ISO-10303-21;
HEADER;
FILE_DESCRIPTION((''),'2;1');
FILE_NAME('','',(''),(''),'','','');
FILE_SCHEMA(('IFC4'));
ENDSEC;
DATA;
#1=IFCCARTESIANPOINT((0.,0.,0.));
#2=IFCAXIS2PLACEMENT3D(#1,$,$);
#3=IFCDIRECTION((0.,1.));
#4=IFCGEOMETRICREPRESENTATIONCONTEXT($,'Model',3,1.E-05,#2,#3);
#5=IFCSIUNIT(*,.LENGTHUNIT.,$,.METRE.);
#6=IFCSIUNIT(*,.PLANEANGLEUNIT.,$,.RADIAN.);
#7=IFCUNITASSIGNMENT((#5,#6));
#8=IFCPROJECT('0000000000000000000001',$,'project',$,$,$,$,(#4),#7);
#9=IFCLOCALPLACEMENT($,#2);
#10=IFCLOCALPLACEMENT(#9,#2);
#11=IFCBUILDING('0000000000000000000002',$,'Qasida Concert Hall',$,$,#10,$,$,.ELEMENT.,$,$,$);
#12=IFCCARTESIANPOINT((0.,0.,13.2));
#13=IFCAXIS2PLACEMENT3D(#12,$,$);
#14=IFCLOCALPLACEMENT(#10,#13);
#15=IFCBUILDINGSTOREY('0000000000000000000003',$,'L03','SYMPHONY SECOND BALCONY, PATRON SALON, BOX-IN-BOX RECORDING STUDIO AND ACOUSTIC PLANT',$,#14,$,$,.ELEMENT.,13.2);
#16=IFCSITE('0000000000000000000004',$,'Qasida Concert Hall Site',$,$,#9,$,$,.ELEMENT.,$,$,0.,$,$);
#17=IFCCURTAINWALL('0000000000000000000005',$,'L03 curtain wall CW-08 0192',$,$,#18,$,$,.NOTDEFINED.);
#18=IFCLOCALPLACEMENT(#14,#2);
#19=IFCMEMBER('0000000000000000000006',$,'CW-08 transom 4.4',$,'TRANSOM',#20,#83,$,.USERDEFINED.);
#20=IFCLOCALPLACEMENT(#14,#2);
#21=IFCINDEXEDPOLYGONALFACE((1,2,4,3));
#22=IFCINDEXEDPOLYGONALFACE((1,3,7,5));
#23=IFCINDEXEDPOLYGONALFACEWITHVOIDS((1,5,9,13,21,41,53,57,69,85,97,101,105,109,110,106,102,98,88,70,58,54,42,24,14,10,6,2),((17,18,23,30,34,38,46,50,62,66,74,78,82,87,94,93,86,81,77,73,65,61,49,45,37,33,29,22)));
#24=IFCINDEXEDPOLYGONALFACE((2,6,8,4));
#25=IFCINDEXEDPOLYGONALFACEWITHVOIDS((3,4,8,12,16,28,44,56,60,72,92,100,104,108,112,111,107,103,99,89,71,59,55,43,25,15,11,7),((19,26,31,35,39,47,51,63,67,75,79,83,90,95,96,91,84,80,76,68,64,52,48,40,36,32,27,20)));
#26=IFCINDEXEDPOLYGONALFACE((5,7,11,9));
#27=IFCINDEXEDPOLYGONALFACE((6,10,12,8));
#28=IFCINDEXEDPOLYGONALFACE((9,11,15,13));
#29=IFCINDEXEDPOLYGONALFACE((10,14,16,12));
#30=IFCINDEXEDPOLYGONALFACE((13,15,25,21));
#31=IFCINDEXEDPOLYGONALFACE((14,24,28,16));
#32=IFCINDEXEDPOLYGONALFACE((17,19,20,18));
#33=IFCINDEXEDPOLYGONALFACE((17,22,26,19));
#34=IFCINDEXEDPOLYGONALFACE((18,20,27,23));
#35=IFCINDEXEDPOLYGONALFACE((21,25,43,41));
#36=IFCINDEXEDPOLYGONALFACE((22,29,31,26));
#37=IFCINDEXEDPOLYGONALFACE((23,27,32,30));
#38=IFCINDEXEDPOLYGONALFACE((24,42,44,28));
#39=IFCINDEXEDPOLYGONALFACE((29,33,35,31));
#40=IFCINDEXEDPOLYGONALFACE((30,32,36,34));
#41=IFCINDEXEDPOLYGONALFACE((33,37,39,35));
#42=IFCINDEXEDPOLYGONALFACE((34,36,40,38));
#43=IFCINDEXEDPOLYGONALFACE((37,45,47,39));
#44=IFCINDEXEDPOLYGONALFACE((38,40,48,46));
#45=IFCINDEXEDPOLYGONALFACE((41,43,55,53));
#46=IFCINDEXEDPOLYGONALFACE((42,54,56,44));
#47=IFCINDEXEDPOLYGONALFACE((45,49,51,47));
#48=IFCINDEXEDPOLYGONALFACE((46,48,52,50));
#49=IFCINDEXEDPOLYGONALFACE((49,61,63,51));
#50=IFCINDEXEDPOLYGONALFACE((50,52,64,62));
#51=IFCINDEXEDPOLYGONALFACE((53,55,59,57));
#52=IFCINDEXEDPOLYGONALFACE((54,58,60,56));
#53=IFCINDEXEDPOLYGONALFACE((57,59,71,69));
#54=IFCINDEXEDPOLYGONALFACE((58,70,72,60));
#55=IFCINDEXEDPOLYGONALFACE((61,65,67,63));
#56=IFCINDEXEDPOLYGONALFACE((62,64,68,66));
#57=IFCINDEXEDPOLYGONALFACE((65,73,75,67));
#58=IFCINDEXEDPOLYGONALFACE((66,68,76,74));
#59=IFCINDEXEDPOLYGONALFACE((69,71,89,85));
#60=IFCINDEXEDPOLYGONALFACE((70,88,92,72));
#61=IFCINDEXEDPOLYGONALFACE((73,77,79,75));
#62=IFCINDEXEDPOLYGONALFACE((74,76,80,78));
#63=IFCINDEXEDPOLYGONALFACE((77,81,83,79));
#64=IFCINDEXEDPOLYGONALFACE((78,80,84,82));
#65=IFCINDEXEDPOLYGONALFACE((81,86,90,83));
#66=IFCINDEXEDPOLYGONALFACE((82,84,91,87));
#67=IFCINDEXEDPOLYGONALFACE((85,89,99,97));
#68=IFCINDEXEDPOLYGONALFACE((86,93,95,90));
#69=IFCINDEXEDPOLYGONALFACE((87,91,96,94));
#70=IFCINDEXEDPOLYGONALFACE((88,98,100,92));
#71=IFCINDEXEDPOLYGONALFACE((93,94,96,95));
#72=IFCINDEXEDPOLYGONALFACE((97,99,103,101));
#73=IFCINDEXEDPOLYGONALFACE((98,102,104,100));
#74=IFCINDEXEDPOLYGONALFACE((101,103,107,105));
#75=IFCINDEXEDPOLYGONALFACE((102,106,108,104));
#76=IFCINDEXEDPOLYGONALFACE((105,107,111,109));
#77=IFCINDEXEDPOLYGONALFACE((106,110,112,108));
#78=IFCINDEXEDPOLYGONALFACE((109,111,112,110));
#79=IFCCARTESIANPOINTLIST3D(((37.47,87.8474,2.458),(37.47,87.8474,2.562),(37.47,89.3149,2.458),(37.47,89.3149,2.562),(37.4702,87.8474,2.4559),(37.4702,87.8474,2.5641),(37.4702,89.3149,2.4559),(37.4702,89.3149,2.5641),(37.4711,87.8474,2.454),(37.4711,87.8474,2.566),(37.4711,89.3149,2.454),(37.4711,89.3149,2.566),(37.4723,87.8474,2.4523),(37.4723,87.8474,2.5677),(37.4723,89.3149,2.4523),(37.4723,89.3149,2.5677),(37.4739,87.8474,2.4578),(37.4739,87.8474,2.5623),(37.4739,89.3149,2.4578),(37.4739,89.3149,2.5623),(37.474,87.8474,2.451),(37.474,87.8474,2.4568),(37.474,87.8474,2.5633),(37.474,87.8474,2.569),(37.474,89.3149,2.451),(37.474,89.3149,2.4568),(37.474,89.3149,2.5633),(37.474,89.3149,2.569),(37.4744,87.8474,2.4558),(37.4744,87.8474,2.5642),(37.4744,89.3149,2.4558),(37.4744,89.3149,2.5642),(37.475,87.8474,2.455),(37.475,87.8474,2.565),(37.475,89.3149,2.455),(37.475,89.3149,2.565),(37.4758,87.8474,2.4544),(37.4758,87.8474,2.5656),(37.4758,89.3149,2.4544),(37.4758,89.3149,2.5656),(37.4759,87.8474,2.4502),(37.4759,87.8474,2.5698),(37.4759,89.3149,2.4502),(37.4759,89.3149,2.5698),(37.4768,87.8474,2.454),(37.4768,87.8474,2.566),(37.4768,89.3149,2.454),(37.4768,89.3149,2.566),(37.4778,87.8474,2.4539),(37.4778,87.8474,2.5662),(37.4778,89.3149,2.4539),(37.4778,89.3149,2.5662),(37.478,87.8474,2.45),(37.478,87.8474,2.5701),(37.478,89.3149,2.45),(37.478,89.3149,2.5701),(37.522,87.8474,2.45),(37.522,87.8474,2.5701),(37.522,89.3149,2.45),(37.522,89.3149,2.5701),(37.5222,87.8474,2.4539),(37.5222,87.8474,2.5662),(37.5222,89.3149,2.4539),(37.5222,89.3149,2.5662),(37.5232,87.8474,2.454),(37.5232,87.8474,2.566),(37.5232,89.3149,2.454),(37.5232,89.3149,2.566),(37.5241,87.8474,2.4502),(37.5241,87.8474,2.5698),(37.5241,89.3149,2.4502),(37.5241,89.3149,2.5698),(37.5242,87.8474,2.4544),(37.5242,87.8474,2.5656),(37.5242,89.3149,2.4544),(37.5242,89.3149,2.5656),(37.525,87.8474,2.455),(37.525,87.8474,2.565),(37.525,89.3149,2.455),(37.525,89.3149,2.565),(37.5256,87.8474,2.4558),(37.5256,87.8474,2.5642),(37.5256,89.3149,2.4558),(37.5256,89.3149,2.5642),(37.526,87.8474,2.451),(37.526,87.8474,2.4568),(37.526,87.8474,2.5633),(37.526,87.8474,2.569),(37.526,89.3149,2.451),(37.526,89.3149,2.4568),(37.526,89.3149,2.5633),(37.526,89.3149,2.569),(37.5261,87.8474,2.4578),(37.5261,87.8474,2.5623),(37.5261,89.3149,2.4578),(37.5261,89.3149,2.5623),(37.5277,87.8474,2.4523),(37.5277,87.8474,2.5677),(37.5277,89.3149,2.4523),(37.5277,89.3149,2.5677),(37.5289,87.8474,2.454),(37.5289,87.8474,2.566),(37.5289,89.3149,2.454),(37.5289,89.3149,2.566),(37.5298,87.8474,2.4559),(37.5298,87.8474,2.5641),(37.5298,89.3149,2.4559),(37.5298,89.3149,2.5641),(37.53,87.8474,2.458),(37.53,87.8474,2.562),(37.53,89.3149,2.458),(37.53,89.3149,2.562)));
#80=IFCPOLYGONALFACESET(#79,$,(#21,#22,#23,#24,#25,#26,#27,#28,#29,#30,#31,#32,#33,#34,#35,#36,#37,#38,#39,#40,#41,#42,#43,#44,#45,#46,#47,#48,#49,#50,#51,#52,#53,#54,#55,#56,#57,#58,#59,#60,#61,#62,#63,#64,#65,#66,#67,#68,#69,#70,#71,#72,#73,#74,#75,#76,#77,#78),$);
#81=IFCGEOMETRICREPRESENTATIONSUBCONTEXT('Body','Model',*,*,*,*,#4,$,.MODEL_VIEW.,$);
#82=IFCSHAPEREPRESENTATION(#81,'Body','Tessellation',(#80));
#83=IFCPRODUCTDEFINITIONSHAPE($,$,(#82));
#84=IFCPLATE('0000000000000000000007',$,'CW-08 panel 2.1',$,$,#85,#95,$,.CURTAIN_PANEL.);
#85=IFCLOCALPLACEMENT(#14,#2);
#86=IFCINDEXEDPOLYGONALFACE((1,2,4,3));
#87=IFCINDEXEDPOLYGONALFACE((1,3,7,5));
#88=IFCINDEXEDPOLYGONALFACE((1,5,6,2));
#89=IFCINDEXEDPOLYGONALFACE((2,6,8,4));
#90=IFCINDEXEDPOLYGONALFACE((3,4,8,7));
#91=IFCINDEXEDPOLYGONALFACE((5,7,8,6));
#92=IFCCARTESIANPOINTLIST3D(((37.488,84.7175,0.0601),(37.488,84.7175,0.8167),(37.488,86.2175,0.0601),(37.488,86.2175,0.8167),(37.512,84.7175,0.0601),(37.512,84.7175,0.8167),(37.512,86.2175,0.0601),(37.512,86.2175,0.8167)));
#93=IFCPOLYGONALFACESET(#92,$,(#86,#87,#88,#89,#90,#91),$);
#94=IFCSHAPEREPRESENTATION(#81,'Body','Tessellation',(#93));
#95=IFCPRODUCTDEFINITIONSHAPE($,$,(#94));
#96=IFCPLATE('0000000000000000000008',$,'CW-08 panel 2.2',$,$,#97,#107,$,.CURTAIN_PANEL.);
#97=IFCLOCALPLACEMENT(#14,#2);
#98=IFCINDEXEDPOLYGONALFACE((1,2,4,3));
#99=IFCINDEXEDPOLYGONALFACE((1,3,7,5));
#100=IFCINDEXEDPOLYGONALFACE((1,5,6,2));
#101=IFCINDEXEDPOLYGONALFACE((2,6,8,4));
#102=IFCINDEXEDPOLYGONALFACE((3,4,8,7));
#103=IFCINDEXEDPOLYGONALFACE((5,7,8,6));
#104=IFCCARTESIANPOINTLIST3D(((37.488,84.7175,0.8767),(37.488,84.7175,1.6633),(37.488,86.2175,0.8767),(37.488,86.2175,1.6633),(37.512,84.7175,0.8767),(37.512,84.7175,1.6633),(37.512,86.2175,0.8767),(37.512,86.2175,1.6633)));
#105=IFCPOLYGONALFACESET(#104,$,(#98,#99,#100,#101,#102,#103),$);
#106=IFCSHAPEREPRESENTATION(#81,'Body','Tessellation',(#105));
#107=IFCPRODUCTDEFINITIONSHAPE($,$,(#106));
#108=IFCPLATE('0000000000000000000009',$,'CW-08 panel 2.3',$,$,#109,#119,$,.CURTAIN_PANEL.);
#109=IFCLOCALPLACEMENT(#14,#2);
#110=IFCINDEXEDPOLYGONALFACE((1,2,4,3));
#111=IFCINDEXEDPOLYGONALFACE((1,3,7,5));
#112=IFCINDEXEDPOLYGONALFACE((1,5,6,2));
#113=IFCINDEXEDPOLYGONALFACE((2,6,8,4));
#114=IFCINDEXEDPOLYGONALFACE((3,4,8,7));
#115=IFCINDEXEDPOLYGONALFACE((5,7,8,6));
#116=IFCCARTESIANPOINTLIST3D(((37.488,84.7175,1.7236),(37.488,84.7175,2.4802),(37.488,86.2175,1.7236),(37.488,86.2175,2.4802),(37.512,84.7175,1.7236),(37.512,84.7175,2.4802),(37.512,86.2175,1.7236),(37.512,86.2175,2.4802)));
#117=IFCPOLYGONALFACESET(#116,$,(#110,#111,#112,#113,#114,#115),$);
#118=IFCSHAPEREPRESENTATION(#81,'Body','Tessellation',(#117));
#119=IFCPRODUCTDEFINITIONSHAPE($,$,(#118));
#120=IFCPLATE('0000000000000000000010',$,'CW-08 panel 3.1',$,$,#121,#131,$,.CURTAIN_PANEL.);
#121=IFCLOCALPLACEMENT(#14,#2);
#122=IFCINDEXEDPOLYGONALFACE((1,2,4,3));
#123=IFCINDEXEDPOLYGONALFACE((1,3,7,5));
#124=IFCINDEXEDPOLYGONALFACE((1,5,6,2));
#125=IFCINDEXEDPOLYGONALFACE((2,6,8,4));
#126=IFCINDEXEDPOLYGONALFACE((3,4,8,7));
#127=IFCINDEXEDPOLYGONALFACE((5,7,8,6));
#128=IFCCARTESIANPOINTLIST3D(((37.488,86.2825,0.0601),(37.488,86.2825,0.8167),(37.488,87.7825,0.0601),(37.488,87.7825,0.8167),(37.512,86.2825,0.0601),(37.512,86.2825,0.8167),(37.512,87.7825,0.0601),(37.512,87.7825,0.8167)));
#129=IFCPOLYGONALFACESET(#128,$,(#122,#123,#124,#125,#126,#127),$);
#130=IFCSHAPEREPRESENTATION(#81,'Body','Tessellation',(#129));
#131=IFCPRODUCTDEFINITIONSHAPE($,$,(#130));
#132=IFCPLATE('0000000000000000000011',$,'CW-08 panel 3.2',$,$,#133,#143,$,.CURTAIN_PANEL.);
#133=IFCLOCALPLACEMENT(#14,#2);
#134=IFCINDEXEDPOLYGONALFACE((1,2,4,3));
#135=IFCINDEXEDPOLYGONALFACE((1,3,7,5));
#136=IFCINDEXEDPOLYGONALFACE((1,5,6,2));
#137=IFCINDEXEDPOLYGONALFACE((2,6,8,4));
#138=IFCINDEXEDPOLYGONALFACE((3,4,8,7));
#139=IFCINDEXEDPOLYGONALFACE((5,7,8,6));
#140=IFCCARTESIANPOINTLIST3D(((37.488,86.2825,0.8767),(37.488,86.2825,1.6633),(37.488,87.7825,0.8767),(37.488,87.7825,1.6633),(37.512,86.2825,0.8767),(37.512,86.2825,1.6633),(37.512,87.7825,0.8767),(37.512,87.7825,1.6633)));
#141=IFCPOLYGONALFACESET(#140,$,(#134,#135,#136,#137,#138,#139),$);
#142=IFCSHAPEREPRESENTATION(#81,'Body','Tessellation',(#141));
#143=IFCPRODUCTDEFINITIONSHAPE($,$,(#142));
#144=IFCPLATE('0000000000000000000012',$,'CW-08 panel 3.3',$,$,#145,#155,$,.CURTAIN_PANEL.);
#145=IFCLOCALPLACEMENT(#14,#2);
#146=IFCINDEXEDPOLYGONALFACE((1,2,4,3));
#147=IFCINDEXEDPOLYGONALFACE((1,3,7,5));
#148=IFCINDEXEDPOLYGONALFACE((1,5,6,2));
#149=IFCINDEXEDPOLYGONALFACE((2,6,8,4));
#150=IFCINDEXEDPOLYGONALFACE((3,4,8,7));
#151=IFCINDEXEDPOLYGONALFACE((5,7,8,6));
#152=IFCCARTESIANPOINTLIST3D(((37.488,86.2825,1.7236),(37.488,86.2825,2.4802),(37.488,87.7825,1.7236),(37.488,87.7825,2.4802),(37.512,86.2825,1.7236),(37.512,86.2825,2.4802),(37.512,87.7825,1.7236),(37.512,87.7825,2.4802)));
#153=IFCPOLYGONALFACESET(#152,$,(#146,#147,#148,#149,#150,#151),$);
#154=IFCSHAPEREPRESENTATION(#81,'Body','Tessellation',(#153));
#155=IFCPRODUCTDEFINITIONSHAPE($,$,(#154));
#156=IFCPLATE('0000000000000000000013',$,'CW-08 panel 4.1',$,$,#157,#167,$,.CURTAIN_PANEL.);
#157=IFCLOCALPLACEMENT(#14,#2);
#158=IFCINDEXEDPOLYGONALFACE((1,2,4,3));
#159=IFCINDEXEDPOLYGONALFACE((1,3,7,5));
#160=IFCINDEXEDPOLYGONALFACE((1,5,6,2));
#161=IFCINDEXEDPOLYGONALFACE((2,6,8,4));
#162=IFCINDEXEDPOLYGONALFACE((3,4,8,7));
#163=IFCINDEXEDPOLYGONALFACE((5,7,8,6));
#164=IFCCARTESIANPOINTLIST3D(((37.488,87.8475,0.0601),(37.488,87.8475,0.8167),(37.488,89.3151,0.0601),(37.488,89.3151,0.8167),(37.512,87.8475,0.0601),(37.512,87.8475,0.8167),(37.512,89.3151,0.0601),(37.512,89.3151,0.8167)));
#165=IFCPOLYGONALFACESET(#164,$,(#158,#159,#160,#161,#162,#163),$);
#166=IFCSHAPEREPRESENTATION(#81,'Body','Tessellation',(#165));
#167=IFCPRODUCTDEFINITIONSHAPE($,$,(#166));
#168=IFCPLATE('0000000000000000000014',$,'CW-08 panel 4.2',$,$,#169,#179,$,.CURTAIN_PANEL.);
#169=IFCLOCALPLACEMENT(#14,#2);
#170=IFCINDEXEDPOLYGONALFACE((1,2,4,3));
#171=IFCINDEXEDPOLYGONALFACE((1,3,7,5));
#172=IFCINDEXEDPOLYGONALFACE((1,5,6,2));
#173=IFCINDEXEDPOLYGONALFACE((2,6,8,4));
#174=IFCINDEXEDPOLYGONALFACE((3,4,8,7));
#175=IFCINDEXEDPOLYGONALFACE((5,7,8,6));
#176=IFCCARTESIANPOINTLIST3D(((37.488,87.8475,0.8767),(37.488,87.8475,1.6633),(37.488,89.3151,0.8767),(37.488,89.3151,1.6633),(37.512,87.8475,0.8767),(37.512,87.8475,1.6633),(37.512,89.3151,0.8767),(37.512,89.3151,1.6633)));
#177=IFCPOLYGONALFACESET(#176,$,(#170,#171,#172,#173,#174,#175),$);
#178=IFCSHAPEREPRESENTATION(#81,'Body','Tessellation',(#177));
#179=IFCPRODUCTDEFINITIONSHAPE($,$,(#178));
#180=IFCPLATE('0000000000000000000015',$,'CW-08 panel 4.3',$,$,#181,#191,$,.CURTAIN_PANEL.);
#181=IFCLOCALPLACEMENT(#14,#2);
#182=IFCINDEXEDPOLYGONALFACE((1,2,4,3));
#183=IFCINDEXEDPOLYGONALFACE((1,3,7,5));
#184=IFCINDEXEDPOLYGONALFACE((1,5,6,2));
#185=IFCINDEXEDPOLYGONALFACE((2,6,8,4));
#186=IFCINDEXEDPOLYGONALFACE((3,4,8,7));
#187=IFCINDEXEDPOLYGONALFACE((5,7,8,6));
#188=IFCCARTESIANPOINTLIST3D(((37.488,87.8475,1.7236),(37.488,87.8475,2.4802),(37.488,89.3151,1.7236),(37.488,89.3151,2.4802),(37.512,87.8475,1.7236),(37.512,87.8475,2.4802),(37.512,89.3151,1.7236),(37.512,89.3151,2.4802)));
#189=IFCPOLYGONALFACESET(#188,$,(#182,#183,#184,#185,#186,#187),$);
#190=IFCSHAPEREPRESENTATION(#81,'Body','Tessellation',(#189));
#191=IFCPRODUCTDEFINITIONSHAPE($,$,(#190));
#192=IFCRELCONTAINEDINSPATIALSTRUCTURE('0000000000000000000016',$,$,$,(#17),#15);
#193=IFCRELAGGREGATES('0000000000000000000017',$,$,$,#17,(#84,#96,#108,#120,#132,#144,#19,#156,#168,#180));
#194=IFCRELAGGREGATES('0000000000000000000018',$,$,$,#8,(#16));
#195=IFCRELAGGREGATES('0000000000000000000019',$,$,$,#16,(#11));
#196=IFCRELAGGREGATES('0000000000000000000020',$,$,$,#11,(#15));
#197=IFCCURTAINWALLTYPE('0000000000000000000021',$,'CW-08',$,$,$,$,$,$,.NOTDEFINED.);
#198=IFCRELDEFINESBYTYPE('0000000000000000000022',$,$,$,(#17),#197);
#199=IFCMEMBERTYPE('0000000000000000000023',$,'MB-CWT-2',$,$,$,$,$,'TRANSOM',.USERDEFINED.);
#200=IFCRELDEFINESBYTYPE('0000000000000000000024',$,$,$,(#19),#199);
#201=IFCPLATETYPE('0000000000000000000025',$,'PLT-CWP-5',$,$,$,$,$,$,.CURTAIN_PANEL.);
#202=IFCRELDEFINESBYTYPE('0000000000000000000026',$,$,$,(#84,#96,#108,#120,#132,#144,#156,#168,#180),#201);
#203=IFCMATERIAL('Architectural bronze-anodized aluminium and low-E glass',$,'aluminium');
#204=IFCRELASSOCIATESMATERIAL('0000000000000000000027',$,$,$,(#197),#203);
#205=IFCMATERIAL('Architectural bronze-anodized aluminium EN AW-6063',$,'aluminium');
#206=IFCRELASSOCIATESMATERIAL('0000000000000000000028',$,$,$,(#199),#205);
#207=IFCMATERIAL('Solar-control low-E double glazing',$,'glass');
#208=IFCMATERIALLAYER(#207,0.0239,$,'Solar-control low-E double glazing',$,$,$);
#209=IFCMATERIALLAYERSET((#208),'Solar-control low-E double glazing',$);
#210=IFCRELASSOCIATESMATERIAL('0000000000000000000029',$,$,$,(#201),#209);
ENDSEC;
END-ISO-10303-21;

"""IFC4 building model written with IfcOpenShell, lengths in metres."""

from ifc_helpers import new_model, si_unit, direction, frame, origin, origin_2d, place, context, subcontext, project, spatial, rectangle, hollow_rectangle, extrude, material, layer, layer_set, material_profile, profile_set, type_object, element, aggregate, save


model = new_model("IFC4")

# Units and contexts
model_context = context("Model", 3, precision=1e-05, world=origin(), true_north=direction((0.0, 1.0)))
body_context = subcontext(model_context, "Body", "Model", "MODEL_VIEW")
ifc_project = project(units=[si_unit("LENGTHUNIT", "METRE"), si_unit("PLANEANGLEUNIT", "RADIAN")], contexts=[model_context])

# Site, building, storey
site_placement = place(None, origin())
site = spatial("IfcSite", under=ifc_project, at=site_placement, Name="Qasida Concert Hall Site", CompositionType="ELEMENT", RefElevation=0.0)
building_placement = place(site_placement, origin())
building = spatial("IfcBuilding", under=site, at=building_placement, Name="Qasida Concert Hall", CompositionType="ELEMENT")
storey_placement = place(building_placement, frame((0.0, 0.0, 13.2)))
storey = spatial("IfcBuildingStorey", under=building, at=storey_placement, Name="L03", Description="SYMPHONY SECOND BALCONY, PATRON SALON, BOX-IN-BOX RECORDING STUDIO AND ACOUSTIC PLANT", CompositionType="ELEMENT", Elevation=13.2)

# Curtain wall, member, plates
ifc_material_1 = material(Name="Architectural bronze-anodized aluminium and low-E glass", Category="aluminium")
curtain_wall_type = type_object("IfcCurtainWallType", Name="CW-08", PredefinedType="NOTDEFINED", material=ifc_material_1)
curtain_wall_placement = place(storey_placement, origin())
curtain_wall = element("IfcCurtainWall", 1, at=curtain_wall_placement, inside=storey, type_object=curtain_wall_type, Name="L03 curtain wall CW-08 0192", PredefinedType="NOTDEFINED")
ifc_material_2 = material(Name="Architectural bronze-anodized aluminium EN AW-6063", Category="aluminium")
ifc_material_profile_1 = material_profile(ifc_material_2, hollow_rectangle(XDim=0.0601, YDim=0.1201, WallThickness=0.0039, InnerFilletRadius=0.0039, OuterFilletRadius=0.0081, at=origin_2d()), Name="CWT 120x60x4")
ifc_profile_set_1 = profile_set([ifc_material_profile_1], Name="Architectural bronze-anodized aluminium EN AW-6063")
member_type_1 = type_object("IfcMemberType", Name="MB-CWT-2", ElementType="TRANSOM", PredefinedType="USERDEFINED", material=ifc_profile_set_1)
member_1_placement = place(storey_placement, frame((37.5, 87.8474, 2.51), z_axis=(0.0, 1.0, 0.0), x_axis=(-1.0, 0.0, 0.0)))
member_1 = element("IfcMember", 2, at=member_1_placement, type_object=member_type_1, Name="CW-08 transom 4.4", ObjectType="TRANSOM", PredefinedType="USERDEFINED", context=body_context, shape_type="SweptSolid", body=[
    extrude(hollow_rectangle(XDim=0.0601, YDim=0.1201, WallThickness=0.0039, InnerFilletRadius=0.0039, OuterFilletRadius=0.0081, at=origin_2d()), origin(), (0.0, 0.0, 1.0), 1.4675),
])
ifc_material_3 = material(Name="Solar-control low-E double glazing", Category="glass")
ifc_layer_1 = layer(ifc_material_3, 0.0239, Name="Solar-control low-E double glazing")
ifc_layer_set_1 = layer_set([ifc_layer_1], Name="Solar-control low-E double glazing")
plate_type = type_object("IfcPlateType", Name="PLT-CWP-5", PredefinedType="CURTAIN_PANEL", material=ifc_layer_set_1)
plate_1_placement = place(storey_placement, frame((37.5, 85.4675, 0.0601), z_axis=(0.0, 0.0, 1.0), x_axis=(0.0, 1.0, 0.0)))
plate_1 = element("IfcPlate", 3, at=plate_1_placement, type_object=plate_type, Name="CW-08 panel 2.1", PredefinedType="CURTAIN_PANEL", context=body_context, shape_type="SweptSolid", body=[
    extrude(rectangle(XDim=1.5, YDim=0.0239, at=origin_2d()), origin(), (0.0, 0.0, 1.0), 0.7566),
])
plate_2_placement = place(storey_placement, frame((37.5, 85.4675, 0.8767), z_axis=(0.0, 0.0, 1.0), x_axis=(0.0, 1.0, 0.0)))
plate_2 = element("IfcPlate", 4, at=plate_2_placement, type_object=plate_type, Name="CW-08 panel 2.2", PredefinedType="CURTAIN_PANEL", context=body_context, shape_type="SweptSolid", body=[
    extrude(rectangle(XDim=1.5, YDim=0.0239, at=origin_2d()), origin(), (0.0, 0.0, 1.0), 0.7866),
])
plate_3_placement = place(storey_placement, frame((37.5, 85.4675, 1.7236), z_axis=(0.0, 0.0, 1.0), x_axis=(0.0, 1.0, 0.0)))
plate_3 = element("IfcPlate", 5, at=plate_3_placement, type_object=plate_type, Name="CW-08 panel 2.3", PredefinedType="CURTAIN_PANEL", context=body_context, shape_type="SweptSolid", body=[
    extrude(rectangle(XDim=1.5, YDim=0.0239, at=origin_2d()), origin(), (0.0, 0.0, 1.0), 0.7566),
])
plate_4_placement = place(storey_placement, frame((37.5, 87.0325, 0.0601), z_axis=(0.0, 0.0, 1.0), x_axis=(0.0, 1.0, 0.0)))
plate_4 = element("IfcPlate", 6, at=plate_4_placement, type_object=plate_type, Name="CW-08 panel 3.1", PredefinedType="CURTAIN_PANEL", context=body_context, shape_type="SweptSolid", body=[
    extrude(rectangle(XDim=1.5, YDim=0.0239, at=origin_2d()), origin(), (0.0, 0.0, 1.0), 0.7566),
])
plate_5_placement = place(storey_placement, frame((37.5, 87.0325, 0.8767), z_axis=(0.0, 0.0, 1.0), x_axis=(0.0, 1.0, 0.0)))
plate_5 = element("IfcPlate", 7, at=plate_5_placement, type_object=plate_type, Name="CW-08 panel 3.2", PredefinedType="CURTAIN_PANEL", context=body_context, shape_type="SweptSolid", body=[
    extrude(rectangle(XDim=1.5, YDim=0.0239, at=origin_2d()), origin(), (0.0, 0.0, 1.0), 0.7866),
])
plate_6_placement = place(storey_placement, frame((37.5, 87.0325, 1.7236), z_axis=(0.0, 0.0, 1.0), x_axis=(0.0, 1.0, 0.0)))
plate_6 = element("IfcPlate", 8, at=plate_6_placement, type_object=plate_type, Name="CW-08 panel 3.3", PredefinedType="CURTAIN_PANEL", context=body_context, shape_type="SweptSolid", body=[
    extrude(rectangle(XDim=1.5, YDim=0.0239, at=origin_2d()), origin(), (0.0, 0.0, 1.0), 0.7566),
])
plate_7_placement = place(storey_placement, frame((37.5, 88.5813, 0.0601), z_axis=(0.0, 0.0, 1.0), x_axis=(0.0, 1.0, 0.0)))
plate_7 = element("IfcPlate", 9, at=plate_7_placement, type_object=plate_type, Name="CW-08 panel 4.1", PredefinedType="CURTAIN_PANEL", context=body_context, shape_type="SweptSolid", body=[
    extrude(rectangle(XDim=1.4675, YDim=0.0239, at=origin_2d()), origin(), (0.0, 0.0, 1.0), 0.7566),
])
plate_8_placement = place(storey_placement, frame((37.5, 88.5813, 0.8767), z_axis=(0.0, 0.0, 1.0), x_axis=(0.0, 1.0, 0.0)))
plate_8 = element("IfcPlate", 10, at=plate_8_placement, type_object=plate_type, Name="CW-08 panel 4.2", PredefinedType="CURTAIN_PANEL", context=body_context, shape_type="SweptSolid", body=[
    extrude(rectangle(XDim=1.4675, YDim=0.0239, at=origin_2d()), origin(), (0.0, 0.0, 1.0), 0.7866),
])
plate_9_placement = place(storey_placement, frame((37.5, 88.5813, 1.7236), z_axis=(0.0, 0.0, 1.0), x_axis=(0.0, 1.0, 0.0)))
plate_9 = element("IfcPlate", 11, at=plate_9_placement, type_object=plate_type, Name="CW-08 panel 4.3", PredefinedType="CURTAIN_PANEL", context=body_context, shape_type="SweptSolid", body=[
    extrude(rectangle(XDim=1.4675, YDim=0.0239, at=origin_2d()), origin(), (0.0, 0.0, 1.0), 0.7566),
])
aggregate(curtain_wall, [plate_1, plate_2, plate_3, plate_4, plate_5, plate_6, member_1, plate_7, plate_8, plate_9])

save(model, "model.ifc")
